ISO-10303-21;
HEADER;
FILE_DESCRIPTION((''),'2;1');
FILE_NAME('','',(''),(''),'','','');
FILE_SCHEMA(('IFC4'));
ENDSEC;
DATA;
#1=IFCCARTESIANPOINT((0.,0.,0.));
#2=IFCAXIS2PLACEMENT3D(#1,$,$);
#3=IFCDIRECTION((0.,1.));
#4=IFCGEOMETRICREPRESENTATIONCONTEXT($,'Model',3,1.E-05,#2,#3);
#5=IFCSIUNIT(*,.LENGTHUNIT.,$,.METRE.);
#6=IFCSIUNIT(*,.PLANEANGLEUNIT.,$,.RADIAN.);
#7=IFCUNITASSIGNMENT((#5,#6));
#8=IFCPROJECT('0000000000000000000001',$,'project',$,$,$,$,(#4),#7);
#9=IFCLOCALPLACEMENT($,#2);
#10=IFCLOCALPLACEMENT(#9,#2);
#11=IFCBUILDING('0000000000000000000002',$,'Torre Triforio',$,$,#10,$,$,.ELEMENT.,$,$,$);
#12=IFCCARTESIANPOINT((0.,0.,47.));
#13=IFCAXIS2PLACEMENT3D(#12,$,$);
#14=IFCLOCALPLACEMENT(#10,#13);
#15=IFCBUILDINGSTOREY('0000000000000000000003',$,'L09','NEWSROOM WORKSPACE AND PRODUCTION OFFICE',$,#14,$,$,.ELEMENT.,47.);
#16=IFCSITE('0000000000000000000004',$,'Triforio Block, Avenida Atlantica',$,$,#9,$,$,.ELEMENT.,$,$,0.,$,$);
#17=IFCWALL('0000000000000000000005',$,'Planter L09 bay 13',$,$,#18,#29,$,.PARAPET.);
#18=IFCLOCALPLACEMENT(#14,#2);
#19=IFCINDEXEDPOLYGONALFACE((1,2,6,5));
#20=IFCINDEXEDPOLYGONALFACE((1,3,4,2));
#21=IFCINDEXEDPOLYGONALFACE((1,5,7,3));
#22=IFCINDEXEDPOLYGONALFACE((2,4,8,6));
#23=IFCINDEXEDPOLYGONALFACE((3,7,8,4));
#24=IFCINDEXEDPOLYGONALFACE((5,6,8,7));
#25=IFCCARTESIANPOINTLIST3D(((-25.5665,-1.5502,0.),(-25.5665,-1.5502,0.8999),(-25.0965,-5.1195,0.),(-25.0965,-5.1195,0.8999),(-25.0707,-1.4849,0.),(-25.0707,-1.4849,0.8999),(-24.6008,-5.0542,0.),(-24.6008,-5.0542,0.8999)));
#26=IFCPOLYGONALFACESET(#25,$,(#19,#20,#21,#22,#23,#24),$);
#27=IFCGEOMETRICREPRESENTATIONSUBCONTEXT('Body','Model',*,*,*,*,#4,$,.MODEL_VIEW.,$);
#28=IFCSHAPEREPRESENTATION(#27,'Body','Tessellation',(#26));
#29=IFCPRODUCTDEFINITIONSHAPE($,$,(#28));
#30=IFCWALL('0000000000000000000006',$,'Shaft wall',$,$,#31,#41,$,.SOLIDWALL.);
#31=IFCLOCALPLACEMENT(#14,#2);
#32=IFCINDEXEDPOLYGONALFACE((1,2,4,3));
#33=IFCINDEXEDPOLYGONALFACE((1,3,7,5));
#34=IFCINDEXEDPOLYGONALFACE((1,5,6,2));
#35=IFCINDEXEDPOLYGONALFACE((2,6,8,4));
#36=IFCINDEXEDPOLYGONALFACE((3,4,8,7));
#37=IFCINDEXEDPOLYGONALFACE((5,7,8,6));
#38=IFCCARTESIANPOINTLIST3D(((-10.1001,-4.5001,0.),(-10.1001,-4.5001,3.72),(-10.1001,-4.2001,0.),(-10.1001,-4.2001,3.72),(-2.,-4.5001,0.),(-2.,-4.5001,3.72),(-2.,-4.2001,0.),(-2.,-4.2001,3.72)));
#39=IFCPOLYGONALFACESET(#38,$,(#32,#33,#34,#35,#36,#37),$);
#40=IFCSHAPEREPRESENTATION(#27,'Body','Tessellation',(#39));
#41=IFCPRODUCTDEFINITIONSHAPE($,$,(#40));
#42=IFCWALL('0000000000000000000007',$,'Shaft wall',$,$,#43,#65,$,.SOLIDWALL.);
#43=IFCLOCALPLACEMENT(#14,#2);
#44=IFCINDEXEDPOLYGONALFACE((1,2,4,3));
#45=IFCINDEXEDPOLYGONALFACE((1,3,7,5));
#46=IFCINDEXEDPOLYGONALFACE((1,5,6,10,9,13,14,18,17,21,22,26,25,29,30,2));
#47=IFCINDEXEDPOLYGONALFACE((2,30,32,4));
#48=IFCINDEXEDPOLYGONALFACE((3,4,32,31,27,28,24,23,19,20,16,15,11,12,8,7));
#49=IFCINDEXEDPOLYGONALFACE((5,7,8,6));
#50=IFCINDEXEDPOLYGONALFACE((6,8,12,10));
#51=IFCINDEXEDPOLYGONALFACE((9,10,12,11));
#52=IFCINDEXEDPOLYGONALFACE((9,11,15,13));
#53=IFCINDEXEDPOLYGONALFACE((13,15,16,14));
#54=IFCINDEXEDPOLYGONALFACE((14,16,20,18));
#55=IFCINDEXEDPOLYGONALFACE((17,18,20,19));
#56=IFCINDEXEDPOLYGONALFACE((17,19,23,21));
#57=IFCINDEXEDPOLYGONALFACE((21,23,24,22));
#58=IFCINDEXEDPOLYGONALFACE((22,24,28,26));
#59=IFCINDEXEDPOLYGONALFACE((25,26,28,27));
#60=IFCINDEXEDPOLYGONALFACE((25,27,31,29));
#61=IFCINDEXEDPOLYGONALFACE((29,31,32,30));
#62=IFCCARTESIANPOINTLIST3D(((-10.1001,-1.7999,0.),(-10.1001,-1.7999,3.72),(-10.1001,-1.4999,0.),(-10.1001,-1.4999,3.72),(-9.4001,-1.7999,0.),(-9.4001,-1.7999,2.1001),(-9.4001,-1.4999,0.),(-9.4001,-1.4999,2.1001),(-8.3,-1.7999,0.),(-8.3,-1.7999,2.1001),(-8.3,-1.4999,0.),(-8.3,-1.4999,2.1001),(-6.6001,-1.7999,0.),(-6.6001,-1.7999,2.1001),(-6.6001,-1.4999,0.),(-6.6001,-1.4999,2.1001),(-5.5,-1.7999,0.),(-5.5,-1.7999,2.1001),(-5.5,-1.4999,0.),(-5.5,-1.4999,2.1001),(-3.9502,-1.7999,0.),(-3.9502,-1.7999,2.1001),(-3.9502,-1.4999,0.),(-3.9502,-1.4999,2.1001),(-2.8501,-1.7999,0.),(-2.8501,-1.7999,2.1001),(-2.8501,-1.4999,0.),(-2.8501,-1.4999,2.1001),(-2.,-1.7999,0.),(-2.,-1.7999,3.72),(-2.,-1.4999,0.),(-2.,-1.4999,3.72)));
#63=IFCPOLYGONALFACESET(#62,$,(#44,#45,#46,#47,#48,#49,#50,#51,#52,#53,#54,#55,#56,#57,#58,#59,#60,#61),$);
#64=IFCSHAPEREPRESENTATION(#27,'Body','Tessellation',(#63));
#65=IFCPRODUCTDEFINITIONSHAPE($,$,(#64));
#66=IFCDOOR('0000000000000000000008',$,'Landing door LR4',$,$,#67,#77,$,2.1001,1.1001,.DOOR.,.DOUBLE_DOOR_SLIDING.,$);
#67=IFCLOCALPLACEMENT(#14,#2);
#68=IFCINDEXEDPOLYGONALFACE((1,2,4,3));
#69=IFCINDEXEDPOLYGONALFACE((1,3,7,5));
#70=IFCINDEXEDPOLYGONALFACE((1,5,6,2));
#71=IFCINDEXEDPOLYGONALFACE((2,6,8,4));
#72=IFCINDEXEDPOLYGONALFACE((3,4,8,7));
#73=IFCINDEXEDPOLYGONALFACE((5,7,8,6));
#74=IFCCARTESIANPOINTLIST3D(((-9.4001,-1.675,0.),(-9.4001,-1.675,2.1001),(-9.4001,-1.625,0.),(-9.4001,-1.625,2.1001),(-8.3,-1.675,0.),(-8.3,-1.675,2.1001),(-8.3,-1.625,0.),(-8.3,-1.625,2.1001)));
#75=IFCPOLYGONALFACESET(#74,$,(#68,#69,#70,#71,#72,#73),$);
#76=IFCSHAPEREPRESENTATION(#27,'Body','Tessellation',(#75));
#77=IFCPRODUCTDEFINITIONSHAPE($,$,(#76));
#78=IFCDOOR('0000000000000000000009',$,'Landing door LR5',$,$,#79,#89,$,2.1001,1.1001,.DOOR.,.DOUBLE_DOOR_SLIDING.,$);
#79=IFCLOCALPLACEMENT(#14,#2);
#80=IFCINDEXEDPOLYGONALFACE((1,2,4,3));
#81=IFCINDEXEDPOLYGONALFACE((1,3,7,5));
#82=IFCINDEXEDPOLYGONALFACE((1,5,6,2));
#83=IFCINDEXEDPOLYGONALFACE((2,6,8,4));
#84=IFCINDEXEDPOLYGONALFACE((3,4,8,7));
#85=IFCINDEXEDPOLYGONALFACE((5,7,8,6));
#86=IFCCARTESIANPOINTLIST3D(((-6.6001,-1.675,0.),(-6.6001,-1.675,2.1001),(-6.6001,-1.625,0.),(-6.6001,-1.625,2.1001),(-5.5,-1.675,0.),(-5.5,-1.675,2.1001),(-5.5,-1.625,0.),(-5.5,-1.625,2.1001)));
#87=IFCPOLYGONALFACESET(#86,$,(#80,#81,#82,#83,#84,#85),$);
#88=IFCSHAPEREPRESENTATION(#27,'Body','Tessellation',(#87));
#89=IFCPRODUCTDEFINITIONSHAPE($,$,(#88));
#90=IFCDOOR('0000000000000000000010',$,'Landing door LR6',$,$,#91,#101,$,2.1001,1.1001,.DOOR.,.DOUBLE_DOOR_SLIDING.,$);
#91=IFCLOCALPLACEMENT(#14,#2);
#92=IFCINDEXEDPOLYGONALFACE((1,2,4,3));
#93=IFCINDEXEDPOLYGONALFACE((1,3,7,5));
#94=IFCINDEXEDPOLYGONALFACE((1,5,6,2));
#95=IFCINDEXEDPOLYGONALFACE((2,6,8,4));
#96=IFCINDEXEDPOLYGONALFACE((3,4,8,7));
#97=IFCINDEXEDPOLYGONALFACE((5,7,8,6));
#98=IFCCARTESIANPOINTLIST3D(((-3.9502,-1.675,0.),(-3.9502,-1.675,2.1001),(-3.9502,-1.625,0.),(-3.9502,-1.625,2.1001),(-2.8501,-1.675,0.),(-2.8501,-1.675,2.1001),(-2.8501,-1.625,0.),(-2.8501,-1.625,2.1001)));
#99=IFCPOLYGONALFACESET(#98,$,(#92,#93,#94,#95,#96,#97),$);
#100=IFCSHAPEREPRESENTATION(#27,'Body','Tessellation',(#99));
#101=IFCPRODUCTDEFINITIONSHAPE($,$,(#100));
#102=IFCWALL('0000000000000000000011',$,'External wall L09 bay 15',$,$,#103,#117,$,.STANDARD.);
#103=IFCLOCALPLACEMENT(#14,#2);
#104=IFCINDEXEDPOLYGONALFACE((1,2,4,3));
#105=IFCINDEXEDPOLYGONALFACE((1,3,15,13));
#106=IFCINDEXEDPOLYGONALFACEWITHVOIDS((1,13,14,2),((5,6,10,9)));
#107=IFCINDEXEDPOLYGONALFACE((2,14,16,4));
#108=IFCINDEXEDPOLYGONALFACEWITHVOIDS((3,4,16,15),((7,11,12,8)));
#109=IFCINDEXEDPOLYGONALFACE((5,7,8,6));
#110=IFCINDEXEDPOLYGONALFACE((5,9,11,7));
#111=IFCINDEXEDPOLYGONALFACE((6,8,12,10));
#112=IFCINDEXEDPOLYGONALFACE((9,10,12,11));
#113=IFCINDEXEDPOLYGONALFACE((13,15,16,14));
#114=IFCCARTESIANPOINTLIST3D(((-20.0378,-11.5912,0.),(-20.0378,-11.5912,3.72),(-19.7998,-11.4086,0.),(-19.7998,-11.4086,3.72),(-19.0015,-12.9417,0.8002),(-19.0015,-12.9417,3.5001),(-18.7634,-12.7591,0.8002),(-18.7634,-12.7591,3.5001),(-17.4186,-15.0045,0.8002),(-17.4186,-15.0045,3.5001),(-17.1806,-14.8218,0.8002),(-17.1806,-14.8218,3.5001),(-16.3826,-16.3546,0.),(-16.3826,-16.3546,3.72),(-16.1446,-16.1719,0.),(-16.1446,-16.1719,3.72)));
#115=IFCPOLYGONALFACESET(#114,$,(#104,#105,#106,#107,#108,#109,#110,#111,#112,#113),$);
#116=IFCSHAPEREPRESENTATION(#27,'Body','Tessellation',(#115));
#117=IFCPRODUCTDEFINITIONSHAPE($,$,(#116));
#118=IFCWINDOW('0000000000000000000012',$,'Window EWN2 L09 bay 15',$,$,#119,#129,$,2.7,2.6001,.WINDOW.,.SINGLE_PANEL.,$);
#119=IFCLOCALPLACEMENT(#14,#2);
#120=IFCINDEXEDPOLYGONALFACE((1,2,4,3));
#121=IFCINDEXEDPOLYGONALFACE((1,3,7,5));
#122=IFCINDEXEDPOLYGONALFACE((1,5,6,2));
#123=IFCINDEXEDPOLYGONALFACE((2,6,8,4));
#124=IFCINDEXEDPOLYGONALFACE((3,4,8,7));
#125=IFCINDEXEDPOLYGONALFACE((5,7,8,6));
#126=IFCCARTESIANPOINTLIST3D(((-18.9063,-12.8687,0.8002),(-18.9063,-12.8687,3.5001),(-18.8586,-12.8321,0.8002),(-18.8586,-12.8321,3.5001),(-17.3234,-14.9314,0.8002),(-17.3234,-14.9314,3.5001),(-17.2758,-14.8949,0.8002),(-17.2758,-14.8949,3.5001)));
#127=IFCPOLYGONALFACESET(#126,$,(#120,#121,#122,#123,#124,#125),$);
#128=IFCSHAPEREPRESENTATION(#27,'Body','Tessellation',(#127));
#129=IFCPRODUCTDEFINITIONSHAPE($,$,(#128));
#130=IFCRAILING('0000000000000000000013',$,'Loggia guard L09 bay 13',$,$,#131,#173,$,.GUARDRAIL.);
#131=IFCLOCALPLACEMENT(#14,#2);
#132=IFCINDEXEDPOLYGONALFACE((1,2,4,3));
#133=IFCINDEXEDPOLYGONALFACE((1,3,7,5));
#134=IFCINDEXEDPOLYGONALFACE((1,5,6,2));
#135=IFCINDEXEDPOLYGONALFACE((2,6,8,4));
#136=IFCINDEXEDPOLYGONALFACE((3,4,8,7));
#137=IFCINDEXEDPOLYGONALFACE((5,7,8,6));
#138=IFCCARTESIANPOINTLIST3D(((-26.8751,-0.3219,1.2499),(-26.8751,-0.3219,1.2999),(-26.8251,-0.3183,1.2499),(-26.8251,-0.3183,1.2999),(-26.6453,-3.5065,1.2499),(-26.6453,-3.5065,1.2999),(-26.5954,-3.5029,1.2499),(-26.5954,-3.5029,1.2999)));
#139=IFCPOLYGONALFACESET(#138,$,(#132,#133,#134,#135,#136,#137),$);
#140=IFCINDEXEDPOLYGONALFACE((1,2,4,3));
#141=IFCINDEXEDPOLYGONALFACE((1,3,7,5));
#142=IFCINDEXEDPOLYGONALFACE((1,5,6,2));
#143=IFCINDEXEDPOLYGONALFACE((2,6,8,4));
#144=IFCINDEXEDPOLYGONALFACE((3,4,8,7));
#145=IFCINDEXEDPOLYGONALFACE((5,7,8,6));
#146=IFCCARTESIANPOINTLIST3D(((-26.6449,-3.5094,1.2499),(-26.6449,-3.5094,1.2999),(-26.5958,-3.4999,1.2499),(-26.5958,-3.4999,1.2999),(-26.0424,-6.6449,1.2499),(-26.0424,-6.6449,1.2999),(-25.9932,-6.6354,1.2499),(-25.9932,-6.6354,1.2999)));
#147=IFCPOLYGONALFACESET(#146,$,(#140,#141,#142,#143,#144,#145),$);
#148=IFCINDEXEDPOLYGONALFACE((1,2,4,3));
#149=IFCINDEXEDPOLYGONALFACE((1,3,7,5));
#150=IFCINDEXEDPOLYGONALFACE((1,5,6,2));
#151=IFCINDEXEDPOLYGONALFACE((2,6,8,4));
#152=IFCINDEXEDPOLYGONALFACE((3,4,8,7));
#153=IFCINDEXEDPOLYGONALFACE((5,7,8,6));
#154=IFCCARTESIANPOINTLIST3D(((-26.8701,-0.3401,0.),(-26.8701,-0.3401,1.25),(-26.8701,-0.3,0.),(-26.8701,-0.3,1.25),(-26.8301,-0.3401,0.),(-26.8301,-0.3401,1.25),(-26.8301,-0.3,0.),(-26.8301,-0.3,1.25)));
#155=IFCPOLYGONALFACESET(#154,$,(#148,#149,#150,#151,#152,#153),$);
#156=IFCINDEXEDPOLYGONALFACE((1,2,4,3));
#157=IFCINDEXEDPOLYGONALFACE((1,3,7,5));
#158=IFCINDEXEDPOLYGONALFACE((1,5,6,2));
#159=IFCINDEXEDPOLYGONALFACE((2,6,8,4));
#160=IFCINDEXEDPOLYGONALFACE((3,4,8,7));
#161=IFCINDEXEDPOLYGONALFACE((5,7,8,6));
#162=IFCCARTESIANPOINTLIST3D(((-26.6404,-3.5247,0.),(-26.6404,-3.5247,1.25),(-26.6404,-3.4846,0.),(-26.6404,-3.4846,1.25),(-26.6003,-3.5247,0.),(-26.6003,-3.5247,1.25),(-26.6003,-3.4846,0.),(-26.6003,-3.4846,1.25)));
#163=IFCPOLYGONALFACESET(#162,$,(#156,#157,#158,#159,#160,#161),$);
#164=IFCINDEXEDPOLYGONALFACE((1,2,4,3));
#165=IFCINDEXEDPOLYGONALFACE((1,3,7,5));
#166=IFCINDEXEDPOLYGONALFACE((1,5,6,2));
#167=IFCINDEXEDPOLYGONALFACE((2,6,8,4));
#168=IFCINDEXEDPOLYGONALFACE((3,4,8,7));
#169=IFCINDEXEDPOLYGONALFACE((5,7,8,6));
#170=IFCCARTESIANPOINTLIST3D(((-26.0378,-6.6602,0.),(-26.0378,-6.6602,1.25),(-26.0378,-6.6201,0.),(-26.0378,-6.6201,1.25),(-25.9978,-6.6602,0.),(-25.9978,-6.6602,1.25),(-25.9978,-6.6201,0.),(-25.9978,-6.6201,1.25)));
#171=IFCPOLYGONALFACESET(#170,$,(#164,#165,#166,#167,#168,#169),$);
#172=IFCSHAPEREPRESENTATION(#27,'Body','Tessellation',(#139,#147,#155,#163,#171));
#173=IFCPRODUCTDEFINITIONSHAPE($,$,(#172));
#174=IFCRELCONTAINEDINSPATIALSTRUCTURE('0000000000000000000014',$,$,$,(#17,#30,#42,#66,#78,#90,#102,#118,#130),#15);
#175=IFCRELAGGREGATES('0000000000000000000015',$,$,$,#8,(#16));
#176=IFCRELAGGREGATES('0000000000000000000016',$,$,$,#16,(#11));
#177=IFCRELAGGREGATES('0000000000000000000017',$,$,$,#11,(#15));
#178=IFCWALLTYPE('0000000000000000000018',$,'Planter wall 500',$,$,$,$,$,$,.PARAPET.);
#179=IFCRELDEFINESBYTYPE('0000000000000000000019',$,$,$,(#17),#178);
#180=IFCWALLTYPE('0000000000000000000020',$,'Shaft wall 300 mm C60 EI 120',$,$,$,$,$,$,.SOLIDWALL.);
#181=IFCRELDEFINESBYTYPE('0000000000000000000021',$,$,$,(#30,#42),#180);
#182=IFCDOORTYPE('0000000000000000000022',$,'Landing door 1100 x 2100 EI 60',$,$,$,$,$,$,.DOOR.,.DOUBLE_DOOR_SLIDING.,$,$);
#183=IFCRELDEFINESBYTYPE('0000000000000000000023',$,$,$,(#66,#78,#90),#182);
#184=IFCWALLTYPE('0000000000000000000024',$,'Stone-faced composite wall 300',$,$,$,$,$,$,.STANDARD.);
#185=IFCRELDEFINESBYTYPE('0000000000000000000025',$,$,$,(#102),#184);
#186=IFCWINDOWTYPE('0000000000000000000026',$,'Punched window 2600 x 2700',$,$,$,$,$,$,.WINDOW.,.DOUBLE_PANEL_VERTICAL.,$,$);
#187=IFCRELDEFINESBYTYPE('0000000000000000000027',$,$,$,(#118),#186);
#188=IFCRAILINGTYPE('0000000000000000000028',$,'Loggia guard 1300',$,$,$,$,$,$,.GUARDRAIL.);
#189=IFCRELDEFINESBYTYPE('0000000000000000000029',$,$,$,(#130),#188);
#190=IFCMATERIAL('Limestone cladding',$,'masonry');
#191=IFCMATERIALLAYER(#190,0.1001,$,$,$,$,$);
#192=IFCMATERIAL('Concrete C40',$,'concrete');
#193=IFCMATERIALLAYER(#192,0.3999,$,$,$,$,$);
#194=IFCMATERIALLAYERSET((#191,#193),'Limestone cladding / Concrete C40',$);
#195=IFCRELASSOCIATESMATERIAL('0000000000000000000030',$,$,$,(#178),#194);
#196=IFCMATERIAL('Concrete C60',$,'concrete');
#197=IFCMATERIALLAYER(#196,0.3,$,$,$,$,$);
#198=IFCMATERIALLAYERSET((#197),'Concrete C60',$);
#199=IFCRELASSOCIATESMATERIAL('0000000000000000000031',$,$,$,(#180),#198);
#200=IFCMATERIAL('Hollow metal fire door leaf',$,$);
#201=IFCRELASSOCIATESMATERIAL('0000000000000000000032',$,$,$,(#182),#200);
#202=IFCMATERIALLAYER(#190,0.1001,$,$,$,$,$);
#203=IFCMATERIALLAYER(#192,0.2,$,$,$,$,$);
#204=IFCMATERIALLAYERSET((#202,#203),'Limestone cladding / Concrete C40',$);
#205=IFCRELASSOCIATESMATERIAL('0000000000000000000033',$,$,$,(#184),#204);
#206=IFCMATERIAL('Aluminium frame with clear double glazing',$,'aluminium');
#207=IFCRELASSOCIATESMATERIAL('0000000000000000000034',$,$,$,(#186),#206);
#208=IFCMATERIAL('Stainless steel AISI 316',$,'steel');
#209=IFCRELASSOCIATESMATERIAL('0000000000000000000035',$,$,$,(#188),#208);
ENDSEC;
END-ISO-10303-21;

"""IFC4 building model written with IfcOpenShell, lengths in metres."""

from ifc_helpers import new_model, si_unit, direction, frame, frame_2d, origin, origin_2d, place, context, subcontext, project, spatial, rectangle, extrude, material, layer, layer_set, type_object, element, fill, save


model = new_model("IFC4")

# Units and contexts
model_context = context("Model", 3, precision=1e-05, world=origin(), true_north=direction((0.0, 1.0)))
body_context = subcontext(model_context, "Body", "Model", "MODEL_VIEW")
ifc_project = project(units=[si_unit("LENGTHUNIT", "METRE"), si_unit("PLANEANGLEUNIT", "RADIAN")], contexts=[model_context])

# Site, building, storey
site_placement = place(None, origin())
site = spatial("IfcSite", under=ifc_project, at=site_placement, Name="Triforio Block, Avenida Atlantica", CompositionType="ELEMENT", RefElevation=0.0)
building_placement = place(site_placement, origin())
building = spatial("IfcBuilding", under=site, at=building_placement, Name="Torre Triforio", CompositionType="ELEMENT")
storey_placement = place(building_placement, frame((0.0, 0.0, 47.0)))
storey = spatial("IfcBuildingStorey", under=building, at=storey_placement, Name="L09", Description="NEWSROOM WORKSPACE AND PRODUCTION OFFICE", CompositionType="ELEMENT", Elevation=47.0)

# Shared definitions
ifc_material_1 = material(Name="Concrete C60", Category="concrete")
ifc_material_2 = material(Name="Hollow metal fire door leaf")

# Walls
ifc_material_3 = material(Name="Limestone cladding", Category="masonry")
ifc_layer_1 = layer(ifc_material_3, 0.1001)
ifc_material_4 = material(Name="Concrete C40", Category="concrete")
ifc_layer_2 = layer(ifc_material_4, 0.3999)
ifc_layer_set_1 = layer_set([ifc_layer_1, ifc_layer_2], Name="Limestone cladding / Concrete C40")
wall_type_1 = type_object("IfcWallType", Name="Planter wall 500", PredefinedType="PARAPET", material=ifc_layer_set_1)
wall_1_placement = place(storey_placement, frame((-25.3186, -1.5176, 0.0), z_axis=(0.0, 0.0, 1.0), x_axis=(0.130542, -0.991443, 0.0)))
element("IfcWall", 1, at=wall_1_placement, inside=storey, type_object=wall_type_1, Name="Planter L09 bay 13", PredefinedType="PARAPET", context=body_context, shape_type="SweptSolid", body=[
    extrude(rectangle(XDim=3.6001, YDim=0.5, at=frame_2d((1.8, 0.0))), origin(), (0.0, 0.0, 1.0), 0.8999),
])
ifc_layer_3 = layer(ifc_material_1, 0.3)
ifc_layer_set_2 = layer_set([ifc_layer_3], Name="Concrete C60")
wall_type_2 = type_object("IfcWallType", Name="Shaft wall 300 mm C60 EI 120", PredefinedType="SOLIDWALL", material=ifc_layer_set_2)
wall_2_placement = place(storey_placement, frame((-10.1001, -4.3501, 0.0), z_axis=(0.0, 0.0, 1.0), x_axis=(1.0, 0.0, 0.0)))
element("IfcWall", 2, at=wall_2_placement, inside=storey, type_object=wall_type_2, Name="Shaft wall", PredefinedType="SOLIDWALL", context=body_context, shape_type="SweptSolid", body=[
    extrude(rectangle(XDim=8.1001, YDim=0.3, at=frame_2d((4.05, 0.0))), origin(), (0.0, 0.0, 1.0), 3.72),
])

# Wall, openings, doors
wall_3_placement = place(storey_placement, frame((-10.1001, -1.6499, 0.0), z_axis=(0.0, 0.0, 1.0), x_axis=(1.0, 0.0, 0.0)))
wall_3 = element("IfcWall", 3, at=wall_3_placement, inside=storey, type_object=wall_type_2, Name="Shaft wall", PredefinedType="SOLIDWALL", context=body_context, shape_type="SweptSolid", body=[
    extrude(rectangle(XDim=8.1001, YDim=0.3, at=frame_2d((4.05, 0.0))), origin(), (0.0, 0.0, 1.0), 3.72),
])
opening_1_placement = place(wall_3_placement, frame((0.7, 0.0, 0.0)))
opening_1 = element("IfcOpeningElement", 4, at=opening_1_placement, cuts=wall_3, PredefinedType="OPENING", context=body_context, shape_type="SweptSolid", body=[
    extrude(rectangle(XDim=1.1001, YDim=2.1001, at=frame_2d((0.55, 1.05))), frame((0.0, 0.1599, 0.0), z_axis=(0.0, -1.0, 0.0), x_axis=(1.0, 0.0, 0.0)), (0.0, 0.0, 1.0), 0.3201),
])
opening_2_placement = place(wall_3_placement, frame((3.5, 0.0, 0.0)))
opening_2 = element("IfcOpeningElement", 5, at=opening_2_placement, cuts=wall_3, PredefinedType="OPENING", context=body_context, shape_type="SweptSolid", body=[
    extrude(rectangle(XDim=1.1001, YDim=2.1001, at=frame_2d((0.55, 1.05))), frame((0.0, 0.1599, 0.0), z_axis=(0.0, -1.0, 0.0), x_axis=(1.0, 0.0, 0.0)), (0.0, 0.0, 1.0), 0.3201),
])
opening_3_placement = place(wall_3_placement, frame((6.1499, 0.0, 0.0)))
opening_3 = element("IfcOpeningElement", 6, at=opening_3_placement, cuts=wall_3, PredefinedType="OPENING", context=body_context, shape_type="SweptSolid", body=[
    extrude(rectangle(XDim=1.1001, YDim=2.1001, at=frame_2d((0.55, 1.05))), frame((0.0, 0.1599, 0.0), z_axis=(0.0, -1.0, 0.0), x_axis=(1.0, 0.0, 0.0)), (0.0, 0.0, 1.0), 0.3201),
])
door_type_1 = type_object("IfcDoorType", Name="Landing door 1100 x 2100 EI 60", OperationType="DOUBLE_DOOR_SLIDING", PredefinedType="DOOR", material=ifc_material_2)
door_1_placement = place(opening_1_placement, origin())
door_1 = element("IfcDoor", 7, at=door_1_placement, inside=storey, type_object=door_type_1, Name="Landing door LR4", OperationType="DOUBLE_DOOR_SLIDING", OverallHeight=2.1001, OverallWidth=1.1001, PredefinedType="DOOR", context=body_context, shape_type="SweptSolid", body=[
    extrude(rectangle(XDim=1.1001, YDim=2.1001, at=frame_2d((0.55, 1.05))), frame((0.0, 0.0249, 0.0), z_axis=(0.0, -1.0, 0.0), x_axis=(1.0, 0.0, 0.0)), (0.0, 0.0, 1.0), 0.05),
])
fill(opening_1, door_1)
door_2_placement = place(opening_2_placement, origin())
door_2 = element("IfcDoor", 8, at=door_2_placement, inside=storey, type_object=door_type_1, Name="Landing door LR5", OperationType="DOUBLE_DOOR_SLIDING", OverallHeight=2.1001, OverallWidth=1.1001, PredefinedType="DOOR", context=body_context, shape_type="SweptSolid", body=[
    extrude(rectangle(XDim=1.1001, YDim=2.1001, at=frame_2d((0.55, 1.05))), frame((0.0, 0.0249, 0.0), z_axis=(0.0, -1.0, 0.0), x_axis=(1.0, 0.0, 0.0)), (0.0, 0.0, 1.0), 0.05),
])
fill(opening_2, door_2)
door_3_placement = place(opening_3_placement, origin())
door_3 = element("IfcDoor", 9, at=door_3_placement, inside=storey, type_object=door_type_1, Name="Landing door LR6", OperationType="DOUBLE_DOOR_SLIDING", OverallHeight=2.1001, OverallWidth=1.1001, PredefinedType="DOOR", context=body_context, shape_type="SweptSolid", body=[
    extrude(rectangle(XDim=1.1001, YDim=2.1001, at=frame_2d((0.55, 1.05))), frame((0.0, 0.0249, 0.0), z_axis=(0.0, -1.0, 0.0), x_axis=(1.0, 0.0, 0.0)), (0.0, 0.0, 1.0), 0.05),
])
fill(opening_3, door_3)

# Shared definitions
ifc_layer_4 = layer(ifc_material_3, 0.1001)
ifc_layer_5 = layer(ifc_material_4, 0.2)
ifc_layer_set_3 = layer_set([ifc_layer_4, ifc_layer_5], Name="Limestone cladding / Concrete C40")
wall_type_3 = type_object("IfcWallType", Name="Stone-faced composite wall 300", PredefinedType="STANDARD", material=ifc_layer_set_3)
ifc_material_5 = material(Name="Aluminium frame with clear double glazing", Category="aluminium")

# Wall, opening, window
wall_4_placement = place(storey_placement, frame((-19.9187, -11.5, 0.0), z_axis=(0.0, 0.0, 1.0), x_axis=(0.608779, -0.79334, 0.0)))
wall_4 = element("IfcWall", 10, at=wall_4_placement, inside=storey, type_object=wall_type_3, Name="External wall L09 bay 15", PredefinedType="STANDARD", context=body_context, shape_type="SweptSolid", body=[
    extrude(rectangle(XDim=6.0042, YDim=0.3, at=frame_2d((3.002, 0.0))), origin(), (0.0, 0.0, 1.0), 3.72),
])
opening_4_placement = place(wall_4_placement, frame((1.7021, 0.0, 0.8)))
opening_4 = element("IfcOpeningElement", 11, at=opening_4_placement, cuts=wall_4, PredefinedType="OPENING", context=body_context, shape_type="SweptSolid", body=[
    extrude(rectangle(XDim=2.6001, YDim=2.7, at=frame_2d((1.3, 1.3501))), frame((0.0, 0.1599, 0.0), z_axis=(0.0, -1.0, 0.0), x_axis=(1.0, 0.0, 0.0)), (0.0, 0.0, 1.0), 0.3201),
])
window_type_1 = type_object("IfcWindowType", Name="Punched window 2600 x 2700", PartitioningType="DOUBLE_PANEL_VERTICAL", PredefinedType="WINDOW", material=ifc_material_5)
window_1_placement = place(opening_4_placement, origin())
window_1 = element("IfcWindow", 12, at=window_1_placement, inside=storey, type_object=window_type_1, Name="Window EWN2 L09 bay 15", OverallHeight=2.7, OverallWidth=2.6001, PartitioningType="SINGLE_PANEL", PredefinedType="WINDOW", context=body_context, shape_type="SweptSolid", body=[
    extrude(rectangle(XDim=2.6001, YDim=2.7, at=frame_2d((1.3, 1.3501))), frame((0.0, 0.03, 0.0), z_axis=(0.0, -1.0, 0.0), x_axis=(1.0, 0.0, 0.0)), (0.0, 0.0, 1.0), 0.0601),
])
fill(opening_4, window_1)

# Railing
ifc_material_6 = material(Name="Stainless steel AISI 316", Category="steel")
railing_type = type_object("IfcRailingType", Name="Loggia guard 1300", PredefinedType="GUARDRAIL", material=ifc_material_6)
railing_1_placement = place(storey_placement, frame((-26.8501, -0.3201, 0.0)))
element("IfcRailing", 13, at=railing_1_placement, inside=storey, type_object=railing_type, Name="Loggia guard L09 bay 13", PredefinedType="GUARDRAIL", context=body_context, shape_type="SweptSolid", body=[
    extrude(rectangle(XDim=0.05, YDim=0.05, at=origin_2d()), frame((0.0, 0.0, 1.2749), z_axis=(0.071953, -0.997408, 0.0), x_axis=(0.997408, 0.071953, 0.0)), (0.0, 0.0, 1.0), 3.1929),
    extrude(rectangle(XDim=0.05, YDim=0.05, at=origin_2d()), frame((0.2297, -3.1846, 1.2749), z_axis=(0.188714, -0.982032, 0.0), x_axis=(0.982032, 0.188714, 0.0)), (0.0, 0.0, 1.0), 3.1929),
    extrude(rectangle(XDim=0.04, YDim=0.04, at=origin_2d()), origin(), (0.0, 0.0, 1.0), 1.25),
    extrude(rectangle(XDim=0.04, YDim=0.04, at=origin_2d()), frame((0.2297, -3.1846, 0.0)), (0.0, 0.0, 1.0), 1.25),
    extrude(rectangle(XDim=0.04, YDim=0.04, at=origin_2d()), frame((0.8323, -6.3201, 0.0)), (0.0, 0.0, 1.0), 1.25),
])

save(model, "model.ifc")
